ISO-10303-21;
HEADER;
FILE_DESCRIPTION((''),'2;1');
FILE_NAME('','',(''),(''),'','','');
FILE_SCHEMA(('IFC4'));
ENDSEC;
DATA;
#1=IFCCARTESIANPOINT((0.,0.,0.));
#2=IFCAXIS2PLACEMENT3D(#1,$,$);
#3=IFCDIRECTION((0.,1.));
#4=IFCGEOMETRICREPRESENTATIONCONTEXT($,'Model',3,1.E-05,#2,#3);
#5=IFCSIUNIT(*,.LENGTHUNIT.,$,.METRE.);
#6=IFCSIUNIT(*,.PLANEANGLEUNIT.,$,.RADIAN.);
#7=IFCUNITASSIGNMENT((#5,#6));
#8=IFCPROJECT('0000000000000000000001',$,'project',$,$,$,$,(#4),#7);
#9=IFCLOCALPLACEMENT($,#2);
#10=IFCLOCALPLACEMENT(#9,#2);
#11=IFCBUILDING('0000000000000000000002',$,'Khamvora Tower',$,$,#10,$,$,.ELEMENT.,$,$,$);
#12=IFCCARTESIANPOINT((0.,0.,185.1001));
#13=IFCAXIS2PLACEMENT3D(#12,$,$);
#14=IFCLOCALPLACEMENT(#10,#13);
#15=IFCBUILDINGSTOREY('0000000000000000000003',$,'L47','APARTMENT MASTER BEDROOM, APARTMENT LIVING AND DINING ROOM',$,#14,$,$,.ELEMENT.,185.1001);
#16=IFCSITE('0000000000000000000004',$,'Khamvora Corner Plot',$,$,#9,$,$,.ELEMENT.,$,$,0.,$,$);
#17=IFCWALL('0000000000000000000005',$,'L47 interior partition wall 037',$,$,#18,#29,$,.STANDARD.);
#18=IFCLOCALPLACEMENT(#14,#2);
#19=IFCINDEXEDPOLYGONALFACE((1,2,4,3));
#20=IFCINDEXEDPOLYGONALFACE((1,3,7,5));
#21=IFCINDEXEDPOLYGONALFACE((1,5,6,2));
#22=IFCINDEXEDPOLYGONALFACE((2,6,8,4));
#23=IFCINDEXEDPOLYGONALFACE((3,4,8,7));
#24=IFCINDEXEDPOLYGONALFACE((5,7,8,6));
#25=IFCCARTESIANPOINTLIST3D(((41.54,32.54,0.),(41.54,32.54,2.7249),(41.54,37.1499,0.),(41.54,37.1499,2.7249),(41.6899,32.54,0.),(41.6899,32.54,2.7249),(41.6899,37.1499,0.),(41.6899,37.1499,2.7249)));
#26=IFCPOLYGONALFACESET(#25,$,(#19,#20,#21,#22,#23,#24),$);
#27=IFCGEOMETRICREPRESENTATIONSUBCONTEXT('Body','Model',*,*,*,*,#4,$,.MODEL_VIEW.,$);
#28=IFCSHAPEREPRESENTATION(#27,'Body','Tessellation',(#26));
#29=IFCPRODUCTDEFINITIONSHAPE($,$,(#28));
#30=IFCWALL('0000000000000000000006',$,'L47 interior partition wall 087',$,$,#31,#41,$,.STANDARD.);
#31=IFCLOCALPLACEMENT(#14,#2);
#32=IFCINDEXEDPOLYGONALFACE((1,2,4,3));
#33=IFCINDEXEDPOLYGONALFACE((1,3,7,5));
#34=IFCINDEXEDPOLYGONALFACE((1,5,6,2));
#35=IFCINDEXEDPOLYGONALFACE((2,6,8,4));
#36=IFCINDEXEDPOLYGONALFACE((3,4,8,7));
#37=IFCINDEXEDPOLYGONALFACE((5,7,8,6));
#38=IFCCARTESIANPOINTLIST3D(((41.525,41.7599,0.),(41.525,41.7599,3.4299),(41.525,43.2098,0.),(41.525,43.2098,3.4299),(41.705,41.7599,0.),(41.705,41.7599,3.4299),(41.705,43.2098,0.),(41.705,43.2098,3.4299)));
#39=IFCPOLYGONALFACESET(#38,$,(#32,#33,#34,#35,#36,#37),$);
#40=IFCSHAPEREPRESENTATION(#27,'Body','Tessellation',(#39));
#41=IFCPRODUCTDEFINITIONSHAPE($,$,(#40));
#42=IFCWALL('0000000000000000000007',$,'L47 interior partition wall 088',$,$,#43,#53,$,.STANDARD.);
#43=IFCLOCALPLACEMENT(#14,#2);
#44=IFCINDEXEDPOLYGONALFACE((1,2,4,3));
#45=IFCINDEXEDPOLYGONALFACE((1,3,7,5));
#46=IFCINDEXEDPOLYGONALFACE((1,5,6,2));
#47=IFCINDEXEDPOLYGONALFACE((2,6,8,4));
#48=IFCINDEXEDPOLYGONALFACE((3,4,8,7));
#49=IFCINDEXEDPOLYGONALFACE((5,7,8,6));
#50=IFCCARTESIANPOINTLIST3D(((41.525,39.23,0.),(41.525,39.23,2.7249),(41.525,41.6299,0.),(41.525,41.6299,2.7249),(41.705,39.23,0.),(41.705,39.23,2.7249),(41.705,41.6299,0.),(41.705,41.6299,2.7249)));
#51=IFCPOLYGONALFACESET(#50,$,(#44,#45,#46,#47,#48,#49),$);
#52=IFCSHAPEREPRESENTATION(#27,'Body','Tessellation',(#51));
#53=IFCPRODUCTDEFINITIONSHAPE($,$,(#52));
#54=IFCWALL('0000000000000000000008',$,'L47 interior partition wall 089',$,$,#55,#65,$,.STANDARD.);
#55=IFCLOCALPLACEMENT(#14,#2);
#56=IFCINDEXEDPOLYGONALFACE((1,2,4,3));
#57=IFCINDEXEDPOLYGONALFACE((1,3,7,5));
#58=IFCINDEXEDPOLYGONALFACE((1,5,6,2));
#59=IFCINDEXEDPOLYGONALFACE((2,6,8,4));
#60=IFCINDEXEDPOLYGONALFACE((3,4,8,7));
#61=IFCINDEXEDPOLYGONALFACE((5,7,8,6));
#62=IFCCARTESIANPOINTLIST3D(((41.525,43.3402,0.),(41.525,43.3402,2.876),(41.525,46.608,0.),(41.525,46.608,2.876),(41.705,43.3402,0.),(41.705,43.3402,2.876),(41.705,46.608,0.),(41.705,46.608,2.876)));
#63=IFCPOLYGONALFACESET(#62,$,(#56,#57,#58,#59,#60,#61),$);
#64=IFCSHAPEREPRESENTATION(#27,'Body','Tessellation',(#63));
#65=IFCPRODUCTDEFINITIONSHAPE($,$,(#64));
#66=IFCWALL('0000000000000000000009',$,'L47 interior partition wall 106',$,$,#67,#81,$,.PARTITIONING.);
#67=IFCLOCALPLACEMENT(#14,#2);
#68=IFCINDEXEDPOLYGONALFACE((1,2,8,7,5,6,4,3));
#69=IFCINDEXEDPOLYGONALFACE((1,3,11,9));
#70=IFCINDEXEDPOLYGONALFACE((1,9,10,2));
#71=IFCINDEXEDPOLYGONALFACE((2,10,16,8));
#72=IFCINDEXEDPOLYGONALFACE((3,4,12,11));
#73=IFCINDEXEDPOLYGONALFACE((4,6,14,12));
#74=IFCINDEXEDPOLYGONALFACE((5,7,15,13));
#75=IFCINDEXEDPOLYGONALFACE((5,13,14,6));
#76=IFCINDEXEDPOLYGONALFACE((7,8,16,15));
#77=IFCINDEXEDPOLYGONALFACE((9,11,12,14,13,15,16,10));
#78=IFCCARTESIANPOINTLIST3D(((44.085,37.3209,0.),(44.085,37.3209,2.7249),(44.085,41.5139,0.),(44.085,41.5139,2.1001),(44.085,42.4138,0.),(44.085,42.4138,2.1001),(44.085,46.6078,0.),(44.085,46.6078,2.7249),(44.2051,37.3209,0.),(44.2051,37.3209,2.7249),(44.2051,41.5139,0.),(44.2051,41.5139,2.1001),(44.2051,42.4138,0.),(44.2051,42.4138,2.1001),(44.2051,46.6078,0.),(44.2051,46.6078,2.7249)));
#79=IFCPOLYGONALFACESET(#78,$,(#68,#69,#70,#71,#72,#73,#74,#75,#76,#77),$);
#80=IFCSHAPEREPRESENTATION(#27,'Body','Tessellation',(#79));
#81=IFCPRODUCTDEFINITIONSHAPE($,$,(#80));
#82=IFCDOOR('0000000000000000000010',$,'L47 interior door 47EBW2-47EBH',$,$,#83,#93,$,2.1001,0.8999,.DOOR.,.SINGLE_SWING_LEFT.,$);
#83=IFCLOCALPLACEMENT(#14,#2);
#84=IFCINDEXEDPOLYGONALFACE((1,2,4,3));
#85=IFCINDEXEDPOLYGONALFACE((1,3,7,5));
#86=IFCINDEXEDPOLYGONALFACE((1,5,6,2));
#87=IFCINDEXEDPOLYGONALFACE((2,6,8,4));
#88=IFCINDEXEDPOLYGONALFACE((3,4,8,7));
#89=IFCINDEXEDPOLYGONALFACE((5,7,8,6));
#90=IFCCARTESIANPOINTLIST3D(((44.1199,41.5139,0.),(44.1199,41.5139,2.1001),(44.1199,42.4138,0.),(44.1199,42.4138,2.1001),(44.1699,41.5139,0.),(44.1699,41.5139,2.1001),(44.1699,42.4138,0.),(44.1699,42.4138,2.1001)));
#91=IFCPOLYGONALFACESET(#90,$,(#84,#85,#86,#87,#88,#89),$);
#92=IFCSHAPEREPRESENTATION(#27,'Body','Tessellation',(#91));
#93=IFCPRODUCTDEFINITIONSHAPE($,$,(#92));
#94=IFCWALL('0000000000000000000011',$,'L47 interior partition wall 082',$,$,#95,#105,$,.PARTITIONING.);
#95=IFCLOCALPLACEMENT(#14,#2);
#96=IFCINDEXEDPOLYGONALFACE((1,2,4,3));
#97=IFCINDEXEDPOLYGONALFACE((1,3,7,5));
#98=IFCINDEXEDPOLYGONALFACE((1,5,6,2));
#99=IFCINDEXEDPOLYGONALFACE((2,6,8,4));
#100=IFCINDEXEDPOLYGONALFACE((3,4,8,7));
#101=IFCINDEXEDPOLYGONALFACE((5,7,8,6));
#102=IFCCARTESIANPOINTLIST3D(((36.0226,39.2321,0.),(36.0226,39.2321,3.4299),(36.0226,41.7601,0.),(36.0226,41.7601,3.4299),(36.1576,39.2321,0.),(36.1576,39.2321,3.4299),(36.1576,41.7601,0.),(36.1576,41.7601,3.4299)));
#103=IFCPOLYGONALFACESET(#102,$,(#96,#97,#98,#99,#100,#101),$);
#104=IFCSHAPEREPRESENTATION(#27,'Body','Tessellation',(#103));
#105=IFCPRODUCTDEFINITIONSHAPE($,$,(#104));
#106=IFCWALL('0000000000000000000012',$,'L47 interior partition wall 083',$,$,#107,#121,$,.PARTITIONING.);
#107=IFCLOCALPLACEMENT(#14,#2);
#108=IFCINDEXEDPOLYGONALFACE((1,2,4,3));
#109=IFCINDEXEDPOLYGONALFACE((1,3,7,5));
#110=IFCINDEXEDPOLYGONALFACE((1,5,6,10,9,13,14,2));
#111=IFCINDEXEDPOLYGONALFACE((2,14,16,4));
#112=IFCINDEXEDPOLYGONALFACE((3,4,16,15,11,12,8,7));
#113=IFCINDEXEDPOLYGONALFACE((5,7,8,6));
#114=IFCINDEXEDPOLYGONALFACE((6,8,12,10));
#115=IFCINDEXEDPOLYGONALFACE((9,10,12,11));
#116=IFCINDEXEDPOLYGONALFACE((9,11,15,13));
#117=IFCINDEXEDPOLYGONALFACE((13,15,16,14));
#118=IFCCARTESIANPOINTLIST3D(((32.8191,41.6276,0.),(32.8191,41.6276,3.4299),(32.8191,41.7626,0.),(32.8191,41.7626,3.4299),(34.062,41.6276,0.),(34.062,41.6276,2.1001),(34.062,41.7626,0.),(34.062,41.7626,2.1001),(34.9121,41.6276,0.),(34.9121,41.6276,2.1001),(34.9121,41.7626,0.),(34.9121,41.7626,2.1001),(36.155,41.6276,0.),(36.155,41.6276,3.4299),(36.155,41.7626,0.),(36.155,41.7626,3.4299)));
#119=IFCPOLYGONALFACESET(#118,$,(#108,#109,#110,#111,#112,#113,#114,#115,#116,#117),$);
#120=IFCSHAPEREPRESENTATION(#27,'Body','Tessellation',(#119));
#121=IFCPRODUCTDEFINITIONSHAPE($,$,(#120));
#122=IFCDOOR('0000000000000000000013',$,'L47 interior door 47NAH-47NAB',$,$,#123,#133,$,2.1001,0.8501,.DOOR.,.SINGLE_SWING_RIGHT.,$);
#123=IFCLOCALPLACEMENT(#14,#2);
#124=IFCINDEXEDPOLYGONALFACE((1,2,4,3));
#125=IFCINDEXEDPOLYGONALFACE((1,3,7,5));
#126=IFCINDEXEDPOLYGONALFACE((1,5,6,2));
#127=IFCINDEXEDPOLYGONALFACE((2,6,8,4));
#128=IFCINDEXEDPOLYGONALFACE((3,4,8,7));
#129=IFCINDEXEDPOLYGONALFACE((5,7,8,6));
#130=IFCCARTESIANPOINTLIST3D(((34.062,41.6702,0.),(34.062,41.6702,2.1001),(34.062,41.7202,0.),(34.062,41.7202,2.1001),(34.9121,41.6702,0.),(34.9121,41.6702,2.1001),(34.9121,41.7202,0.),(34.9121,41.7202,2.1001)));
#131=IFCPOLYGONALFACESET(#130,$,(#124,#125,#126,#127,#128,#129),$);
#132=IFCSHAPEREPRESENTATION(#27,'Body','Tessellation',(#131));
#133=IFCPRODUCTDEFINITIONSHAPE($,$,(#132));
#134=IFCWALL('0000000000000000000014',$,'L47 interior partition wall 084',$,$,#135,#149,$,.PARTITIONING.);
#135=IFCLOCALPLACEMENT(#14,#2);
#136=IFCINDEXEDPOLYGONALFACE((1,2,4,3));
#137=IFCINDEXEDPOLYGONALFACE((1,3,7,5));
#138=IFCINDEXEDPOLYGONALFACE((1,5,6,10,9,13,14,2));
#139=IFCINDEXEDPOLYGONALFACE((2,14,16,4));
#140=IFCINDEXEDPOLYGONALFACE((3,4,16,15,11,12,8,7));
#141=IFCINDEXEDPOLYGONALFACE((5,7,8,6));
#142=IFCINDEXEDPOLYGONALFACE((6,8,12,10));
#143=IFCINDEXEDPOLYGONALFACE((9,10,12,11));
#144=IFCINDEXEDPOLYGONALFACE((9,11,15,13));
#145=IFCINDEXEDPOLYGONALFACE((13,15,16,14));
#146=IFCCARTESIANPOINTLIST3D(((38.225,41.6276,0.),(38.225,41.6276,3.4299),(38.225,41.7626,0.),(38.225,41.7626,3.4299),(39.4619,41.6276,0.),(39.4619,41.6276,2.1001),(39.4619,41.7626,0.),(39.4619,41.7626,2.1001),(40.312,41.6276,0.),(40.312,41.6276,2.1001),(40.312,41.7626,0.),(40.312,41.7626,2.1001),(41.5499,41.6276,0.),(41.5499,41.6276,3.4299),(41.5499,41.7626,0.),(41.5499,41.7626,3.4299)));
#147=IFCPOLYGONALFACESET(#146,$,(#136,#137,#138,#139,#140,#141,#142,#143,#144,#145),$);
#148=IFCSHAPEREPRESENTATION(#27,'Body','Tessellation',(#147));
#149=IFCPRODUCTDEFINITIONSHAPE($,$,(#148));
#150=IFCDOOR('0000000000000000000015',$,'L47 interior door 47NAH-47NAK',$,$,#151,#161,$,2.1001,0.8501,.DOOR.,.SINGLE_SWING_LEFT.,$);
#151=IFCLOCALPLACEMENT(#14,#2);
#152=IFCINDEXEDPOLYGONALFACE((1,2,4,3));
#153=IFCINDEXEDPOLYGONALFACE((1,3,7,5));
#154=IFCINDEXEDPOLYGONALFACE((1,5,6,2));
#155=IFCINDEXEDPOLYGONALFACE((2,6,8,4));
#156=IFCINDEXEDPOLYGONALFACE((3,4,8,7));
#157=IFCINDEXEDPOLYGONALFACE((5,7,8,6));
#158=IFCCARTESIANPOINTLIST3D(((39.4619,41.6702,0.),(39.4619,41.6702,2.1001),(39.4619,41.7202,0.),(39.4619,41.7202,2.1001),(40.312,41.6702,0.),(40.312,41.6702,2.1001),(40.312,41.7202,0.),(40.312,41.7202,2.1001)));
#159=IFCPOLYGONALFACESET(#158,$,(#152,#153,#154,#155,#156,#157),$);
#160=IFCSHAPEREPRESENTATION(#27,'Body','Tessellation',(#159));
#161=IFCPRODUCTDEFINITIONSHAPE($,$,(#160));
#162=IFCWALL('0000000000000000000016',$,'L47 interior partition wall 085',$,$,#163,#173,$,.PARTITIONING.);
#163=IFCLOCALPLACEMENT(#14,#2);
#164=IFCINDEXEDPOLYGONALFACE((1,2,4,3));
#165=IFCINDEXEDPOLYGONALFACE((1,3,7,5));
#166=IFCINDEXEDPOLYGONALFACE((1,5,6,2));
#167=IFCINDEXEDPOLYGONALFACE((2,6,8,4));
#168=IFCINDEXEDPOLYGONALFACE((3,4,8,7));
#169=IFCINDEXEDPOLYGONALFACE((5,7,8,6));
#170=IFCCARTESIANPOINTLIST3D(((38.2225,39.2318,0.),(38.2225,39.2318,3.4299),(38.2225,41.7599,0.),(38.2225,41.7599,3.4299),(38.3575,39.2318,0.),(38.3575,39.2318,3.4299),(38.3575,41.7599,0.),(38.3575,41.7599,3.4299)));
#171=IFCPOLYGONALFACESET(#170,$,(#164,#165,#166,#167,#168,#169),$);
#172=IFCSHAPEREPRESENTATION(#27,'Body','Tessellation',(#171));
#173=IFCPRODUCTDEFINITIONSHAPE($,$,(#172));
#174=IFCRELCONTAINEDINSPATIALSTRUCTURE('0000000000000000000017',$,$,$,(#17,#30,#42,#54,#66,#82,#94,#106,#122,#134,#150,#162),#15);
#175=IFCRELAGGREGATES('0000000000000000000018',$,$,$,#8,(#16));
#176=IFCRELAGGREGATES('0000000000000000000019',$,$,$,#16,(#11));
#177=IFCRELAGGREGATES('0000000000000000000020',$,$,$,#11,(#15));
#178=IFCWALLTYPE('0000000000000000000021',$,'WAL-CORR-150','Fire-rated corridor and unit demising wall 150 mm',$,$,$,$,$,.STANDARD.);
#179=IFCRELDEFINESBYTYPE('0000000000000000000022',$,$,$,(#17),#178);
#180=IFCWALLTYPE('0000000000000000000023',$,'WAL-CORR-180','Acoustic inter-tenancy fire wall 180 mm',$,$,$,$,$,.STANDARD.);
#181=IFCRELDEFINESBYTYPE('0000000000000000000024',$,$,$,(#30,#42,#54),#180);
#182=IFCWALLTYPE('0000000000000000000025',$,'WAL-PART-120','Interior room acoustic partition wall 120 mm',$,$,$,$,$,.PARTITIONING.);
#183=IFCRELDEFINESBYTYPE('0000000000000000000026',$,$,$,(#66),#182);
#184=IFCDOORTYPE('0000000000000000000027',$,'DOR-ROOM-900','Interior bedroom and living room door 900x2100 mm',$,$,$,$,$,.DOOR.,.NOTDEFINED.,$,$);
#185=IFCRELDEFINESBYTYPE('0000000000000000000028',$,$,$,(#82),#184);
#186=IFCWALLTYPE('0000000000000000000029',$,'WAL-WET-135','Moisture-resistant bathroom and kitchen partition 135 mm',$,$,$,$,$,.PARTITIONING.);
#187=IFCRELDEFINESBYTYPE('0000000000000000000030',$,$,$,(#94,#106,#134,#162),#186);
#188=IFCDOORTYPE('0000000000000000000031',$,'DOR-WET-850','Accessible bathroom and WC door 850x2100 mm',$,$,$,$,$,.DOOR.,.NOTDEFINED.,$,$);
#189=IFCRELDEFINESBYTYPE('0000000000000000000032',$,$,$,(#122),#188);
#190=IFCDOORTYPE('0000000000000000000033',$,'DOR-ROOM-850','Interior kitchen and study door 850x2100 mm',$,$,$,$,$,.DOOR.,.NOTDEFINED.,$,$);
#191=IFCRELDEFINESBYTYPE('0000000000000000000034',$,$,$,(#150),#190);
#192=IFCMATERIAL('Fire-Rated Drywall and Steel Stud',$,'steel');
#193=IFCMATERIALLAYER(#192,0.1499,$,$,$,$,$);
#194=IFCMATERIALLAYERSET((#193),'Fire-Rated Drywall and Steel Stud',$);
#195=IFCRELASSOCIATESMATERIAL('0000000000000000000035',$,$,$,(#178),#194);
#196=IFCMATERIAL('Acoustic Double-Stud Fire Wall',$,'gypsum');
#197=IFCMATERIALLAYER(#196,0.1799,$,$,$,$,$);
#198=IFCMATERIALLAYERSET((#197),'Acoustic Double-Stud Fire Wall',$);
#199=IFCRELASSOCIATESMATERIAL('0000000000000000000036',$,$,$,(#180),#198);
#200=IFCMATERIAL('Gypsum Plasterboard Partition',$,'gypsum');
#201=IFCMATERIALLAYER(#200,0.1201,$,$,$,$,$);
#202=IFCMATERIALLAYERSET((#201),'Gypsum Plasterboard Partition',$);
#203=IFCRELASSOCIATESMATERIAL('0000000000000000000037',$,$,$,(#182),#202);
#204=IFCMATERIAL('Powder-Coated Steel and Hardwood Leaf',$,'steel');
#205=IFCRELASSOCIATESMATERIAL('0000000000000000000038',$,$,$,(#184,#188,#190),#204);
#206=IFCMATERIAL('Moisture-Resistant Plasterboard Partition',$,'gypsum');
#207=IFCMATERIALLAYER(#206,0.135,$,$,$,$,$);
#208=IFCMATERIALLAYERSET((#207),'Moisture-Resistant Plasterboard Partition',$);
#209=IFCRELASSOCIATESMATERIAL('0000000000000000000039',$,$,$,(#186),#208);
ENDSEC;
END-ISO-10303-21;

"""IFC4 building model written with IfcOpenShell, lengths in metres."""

from ifc_helpers import new_model, si_unit, direction, frame, frame_2d, origin, place, context, subcontext, project, spatial, rectangle, extrude, material, layer, layer_set, type_object, element, fill, save


model = new_model("IFC4")

# Units and contexts
model_context = context("Model", 3, precision=1e-05, world=origin(), true_north=direction((0.0, 1.0)))
body_context = subcontext(model_context, "Body", "Model", "MODEL_VIEW")
ifc_project = project(units=[si_unit("LENGTHUNIT", "METRE"), si_unit("PLANEANGLEUNIT", "RADIAN")], contexts=[model_context])

# Site, building, storey
site_placement = place(None, origin())
site = spatial("IfcSite", under=ifc_project, at=site_placement, Name="Khamvora Corner Plot", CompositionType="ELEMENT", RefElevation=0.0)
building_placement = place(site_placement, origin())
building = spatial("IfcBuilding", under=site, at=building_placement, Name="Khamvora Tower", CompositionType="ELEMENT")
storey_placement = place(building_placement, frame((0.0, 0.0, 185.1001)))
storey = spatial("IfcBuildingStorey", under=building, at=storey_placement, Name="L47", Description="APARTMENT MASTER BEDROOM, APARTMENT LIVING AND DINING ROOM", CompositionType="ELEMENT", Elevation=185.1001)

# Shared definitions
ifc_material_1 = material(Name="Fire-Rated Drywall and Steel Stud", Category="steel")
ifc_layer_1 = layer(ifc_material_1, 0.1499)
ifc_layer_set_1 = layer_set([ifc_layer_1], Name="Fire-Rated Drywall and Steel Stud")
wall_type_1 = type_object("IfcWallType", Name="WAL-CORR-150", Description="Fire-rated corridor and unit demising wall 150 mm", PredefinedType="STANDARD", material=ifc_layer_set_1)
ifc_material_2 = material(Name="Powder-Coated Steel and Hardwood Leaf", Category="steel")

# Walls
wall_1_placement = place(storey_placement, frame((41.615, 37.1499, 0.0), z_axis=(0.0, 0.0, 1.0), x_axis=(0.0, -1.0, 0.0)))
element("IfcWall", 1, at=wall_1_placement, inside=storey, type_object=wall_type_1, Name="L47 interior partition wall 037", PredefinedType="STANDARD", context=body_context, shape_type="SweptSolid", body=[
    extrude(rectangle(XDim=4.6099, YDim=0.1499, at=frame_2d((2.3049, 0.0))), origin(), (0.0, 0.0, 1.0), 2.7249),
])
ifc_material_3 = material(Name="Acoustic Double-Stud Fire Wall", Category="gypsum")
ifc_layer_2 = layer(ifc_material_3, 0.1799)
ifc_layer_set_2 = layer_set([ifc_layer_2], Name="Acoustic Double-Stud Fire Wall")
wall_type_2 = type_object("IfcWallType", Name="WAL-CORR-180", Description="Acoustic inter-tenancy fire wall 180 mm", PredefinedType="STANDARD", material=ifc_layer_set_2)
wall_2_placement = place(storey_placement, frame((41.615, 43.21, 0.0), z_axis=(0.0, 0.0, 1.0), x_axis=(0.0, -1.0, 0.0)))
element("IfcWall", 2, at=wall_2_placement, inside=storey, type_object=wall_type_2, Name="L47 interior partition wall 087", PredefinedType="STANDARD", context=body_context, shape_type="SweptSolid", body=[
    extrude(rectangle(XDim=1.45, YDim=0.1799, at=frame_2d((0.7251, 0.0))), origin(), (0.0, 0.0, 1.0), 3.4299),
])
wall_3_placement = place(storey_placement, frame((41.615, 41.6299, 0.0), z_axis=(0.0, 0.0, 1.0), x_axis=(0.0, -1.0, 0.0)))
element("IfcWall", 3, at=wall_3_placement, inside=storey, type_object=wall_type_2, Name="L47 interior partition wall 088", PredefinedType="STANDARD", context=body_context, shape_type="SweptSolid", body=[
    extrude(rectangle(XDim=2.3999, YDim=0.1799, at=frame_2d((1.2, 0.0))), origin(), (0.0, 0.0, 1.0), 2.7249),
])
wall_4_placement = place(storey_placement, frame((41.615, 46.6079, 0.0), z_axis=(0.0, 0.0, 1.0), x_axis=(0.0, -1.0, 0.0)))
element("IfcWall", 4, at=wall_4_placement, inside=storey, type_object=wall_type_2, Name="L47 interior partition wall 089", PredefinedType="STANDARD", context=body_context, shape_type="SweptSolid", body=[
    extrude(rectangle(XDim=3.2678, YDim=0.1799, at=frame_2d((1.6338, 0.0))), origin(), (0.0, 0.0, 1.0), 2.876),
])

# Wall, opening, door
ifc_material_4 = material(Name="Gypsum Plasterboard Partition", Category="gypsum")
ifc_layer_3 = layer(ifc_material_4, 0.1201)
ifc_layer_set_3 = layer_set([ifc_layer_3], Name="Gypsum Plasterboard Partition")
wall_type_3 = type_object("IfcWallType", Name="WAL-PART-120", Description="Interior room acoustic partition wall 120 mm", PredefinedType="PARTITIONING", material=ifc_layer_set_3)
wall_5_placement = place(storey_placement, frame((44.145, 46.6079, 0.0), z_axis=(0.0, 0.0, 1.0), x_axis=(0.0, -1.0, 0.0)))
wall_5 = element("IfcWall", 5, at=wall_5_placement, inside=storey, type_object=wall_type_3, Name="L47 interior partition wall 106", PredefinedType="PARTITIONING", context=body_context, shape_type="SweptSolid", body=[
    extrude(rectangle(XDim=9.2869, YDim=0.1201, at=frame_2d((4.6436, 0.0))), origin(), (0.0, 0.0, 1.0), 2.7249),
])
opening_1_placement = place(wall_5_placement, frame((4.1941, 0.0, 0.0)))
opening_1 = element("IfcOpeningElement", 6, at=opening_1_placement, cuts=wall_5, PredefinedType="OPENING", context=body_context, shape_type="SweptSolid", body=[
    extrude(rectangle(XDim=0.8999, YDim=2.1001, at=frame_2d((0.45, 1.05))), frame((0.0, 0.0701, 0.0), z_axis=(0.0, -1.0, 0.0), x_axis=(1.0, 0.0, 0.0)), (0.0, 0.0, 1.0), 0.1401),
])
door_type_1 = type_object("IfcDoorType", Name="DOR-ROOM-900", Description="Interior bedroom and living room door 900x2100 mm", OperationType="NOTDEFINED", PredefinedType="DOOR", material=ifc_material_2)
door_1_placement = place(opening_1_placement, origin())
door_1 = element("IfcDoor", 7, at=door_1_placement, inside=storey, type_object=door_type_1, Name="L47 interior door 47EBW2-47EBH", OperationType="SINGLE_SWING_LEFT", OverallHeight=2.1001, OverallWidth=0.8999, PredefinedType="DOOR", context=body_context, shape_type="SweptSolid", body=[
    extrude(rectangle(XDim=0.8999, YDim=2.1001, at=frame_2d((0.45, 1.05))), frame((0.0, 0.0249, 0.0), z_axis=(0.0, -1.0, 0.0), x_axis=(1.0, 0.0, 0.0)), (0.0, 0.0, 1.0), 0.05),
])
fill(opening_1, door_1)

# Wall
ifc_material_5 = material(Name="Moisture-Resistant Plasterboard Partition", Category="gypsum")
ifc_layer_4 = layer(ifc_material_5, 0.135)
ifc_layer_set_4 = layer_set([ifc_layer_4], Name="Moisture-Resistant Plasterboard Partition")
wall_type_4 = type_object("IfcWallType", Name="WAL-WET-135", Description="Moisture-resistant bathroom and kitchen partition 135 mm", PredefinedType="PARTITIONING", material=ifc_layer_set_4)
wall_6_placement = place(storey_placement, frame((36.0901, 39.2319, 0.0), z_axis=(0.0, 0.0, 1.0), x_axis=(0.0, 1.0, 0.0)))
element("IfcWall", 8, at=wall_6_placement, inside=storey, type_object=wall_type_4, Name="L47 interior partition wall 082", PredefinedType="PARTITIONING", context=body_context, shape_type="SweptSolid", body=[
    extrude(rectangle(XDim=2.5281, YDim=0.135, at=frame_2d((1.2642, 0.0))), origin(), (0.0, 0.0, 1.0), 3.4299),
])

# Walls, openings, doors
wall_7_placement = place(storey_placement, frame((36.155, 41.6951, 0.0), z_axis=(0.0, 0.0, 1.0), x_axis=(-1.0, 0.0, 0.0)))
wall_7 = element("IfcWall", 9, at=wall_7_placement, inside=storey, type_object=wall_type_4, Name="L47 interior partition wall 083", PredefinedType="PARTITIONING", context=body_context, shape_type="SweptSolid", body=[
    extrude(rectangle(XDim=3.3359, YDim=0.135, at=frame_2d((1.668, 0.0))), origin(), (0.0, 0.0, 1.0), 3.4299),
])
opening_2_placement = place(wall_7_placement, frame((1.2429, 0.0, 0.0)))
opening_2 = element("IfcOpeningElement", 10, at=opening_2_placement, cuts=wall_7, PredefinedType="OPENING", context=body_context, shape_type="SweptSolid", body=[
    extrude(rectangle(XDim=0.8501, YDim=2.1001, at=frame_2d((0.425, 1.05))), frame((0.0, 0.0774, 0.0), z_axis=(0.0, -1.0, 0.0), x_axis=(1.0, 0.0, 0.0)), (0.0, 0.0, 1.0), 0.155),
])
door_type_2 = type_object("IfcDoorType", Name="DOR-WET-850", Description="Accessible bathroom and WC door 850x2100 mm", OperationType="NOTDEFINED", PredefinedType="DOOR", material=ifc_material_2)
door_2_placement = place(opening_2_placement, origin())
door_2 = element("IfcDoor", 11, at=door_2_placement, inside=storey, type_object=door_type_2, Name="L47 interior door 47NAH-47NAB", OperationType="SINGLE_SWING_RIGHT", OverallHeight=2.1001, OverallWidth=0.8501, PredefinedType="DOOR", context=body_context, shape_type="SweptSolid", body=[
    extrude(rectangle(XDim=0.8501, YDim=2.1001, at=frame_2d((0.425, 1.05))), frame((0.0, 0.0249, 0.0), z_axis=(0.0, -1.0, 0.0), x_axis=(1.0, 0.0, 0.0)), (0.0, 0.0, 1.0), 0.05),
])
fill(opening_2, door_2)
wall_8_placement = place(storey_placement, frame((41.55, 41.6951, 0.0), z_axis=(0.0, 0.0, 1.0), x_axis=(-1.0, 0.0, 0.0)))
wall_8 = element("IfcWall", 12, at=wall_8_placement, inside=storey, type_object=wall_type_4, Name="L47 interior partition wall 084", PredefinedType="PARTITIONING", context=body_context, shape_type="SweptSolid", body=[
    extrude(rectangle(XDim=3.325, YDim=0.135, at=frame_2d((1.6626, 0.0))), origin(), (0.0, 0.0, 1.0), 3.4299),
])
opening_3_placement = place(wall_8_placement, frame((1.238, 0.0, 0.0)))
opening_3 = element("IfcOpeningElement", 13, at=opening_3_placement, cuts=wall_8, PredefinedType="OPENING", context=body_context, shape_type="SweptSolid", body=[
    extrude(rectangle(XDim=0.8501, YDim=2.1001, at=frame_2d((0.425, 1.05))), frame((0.0, 0.0774, 0.0), z_axis=(0.0, -1.0, 0.0), x_axis=(1.0, 0.0, 0.0)), (0.0, 0.0, 1.0), 0.155),
])
door_type_3 = type_object("IfcDoorType", Name="DOR-ROOM-850", Description="Interior kitchen and study door 850x2100 mm", OperationType="NOTDEFINED", PredefinedType="DOOR", material=ifc_material_2)
door_3_placement = place(opening_3_placement, origin())
door_3 = element("IfcDoor", 14, at=door_3_placement, inside=storey, type_object=door_type_3, Name="L47 interior door 47NAH-47NAK", OperationType="SINGLE_SWING_LEFT", OverallHeight=2.1001, OverallWidth=0.8501, PredefinedType="DOOR", context=body_context, shape_type="SweptSolid", body=[
    extrude(rectangle(XDim=0.8501, YDim=2.1001, at=frame_2d((0.425, 1.05))), frame((0.0, 0.0249, 0.0), z_axis=(0.0, -1.0, 0.0), x_axis=(1.0, 0.0, 0.0)), (0.0, 0.0, 1.0), 0.05),
])
fill(opening_3, door_3)

# Wall
wall_9_placement = place(storey_placement, frame((38.29, 41.76, 0.0), z_axis=(0.0, 0.0, 1.0), x_axis=(0.0, -1.0, 0.0)))
element("IfcWall", 15, at=wall_9_placement, inside=storey, type_object=wall_type_4, Name="L47 interior partition wall 085", PredefinedType="PARTITIONING", context=body_context, shape_type="SweptSolid", body=[
    extrude(rectangle(XDim=2.5281, YDim=0.135, at=frame_2d((1.2642, 0.0))), origin(), (0.0, 0.0, 1.0), 3.4299),
])

save(model, "model.ifc")
